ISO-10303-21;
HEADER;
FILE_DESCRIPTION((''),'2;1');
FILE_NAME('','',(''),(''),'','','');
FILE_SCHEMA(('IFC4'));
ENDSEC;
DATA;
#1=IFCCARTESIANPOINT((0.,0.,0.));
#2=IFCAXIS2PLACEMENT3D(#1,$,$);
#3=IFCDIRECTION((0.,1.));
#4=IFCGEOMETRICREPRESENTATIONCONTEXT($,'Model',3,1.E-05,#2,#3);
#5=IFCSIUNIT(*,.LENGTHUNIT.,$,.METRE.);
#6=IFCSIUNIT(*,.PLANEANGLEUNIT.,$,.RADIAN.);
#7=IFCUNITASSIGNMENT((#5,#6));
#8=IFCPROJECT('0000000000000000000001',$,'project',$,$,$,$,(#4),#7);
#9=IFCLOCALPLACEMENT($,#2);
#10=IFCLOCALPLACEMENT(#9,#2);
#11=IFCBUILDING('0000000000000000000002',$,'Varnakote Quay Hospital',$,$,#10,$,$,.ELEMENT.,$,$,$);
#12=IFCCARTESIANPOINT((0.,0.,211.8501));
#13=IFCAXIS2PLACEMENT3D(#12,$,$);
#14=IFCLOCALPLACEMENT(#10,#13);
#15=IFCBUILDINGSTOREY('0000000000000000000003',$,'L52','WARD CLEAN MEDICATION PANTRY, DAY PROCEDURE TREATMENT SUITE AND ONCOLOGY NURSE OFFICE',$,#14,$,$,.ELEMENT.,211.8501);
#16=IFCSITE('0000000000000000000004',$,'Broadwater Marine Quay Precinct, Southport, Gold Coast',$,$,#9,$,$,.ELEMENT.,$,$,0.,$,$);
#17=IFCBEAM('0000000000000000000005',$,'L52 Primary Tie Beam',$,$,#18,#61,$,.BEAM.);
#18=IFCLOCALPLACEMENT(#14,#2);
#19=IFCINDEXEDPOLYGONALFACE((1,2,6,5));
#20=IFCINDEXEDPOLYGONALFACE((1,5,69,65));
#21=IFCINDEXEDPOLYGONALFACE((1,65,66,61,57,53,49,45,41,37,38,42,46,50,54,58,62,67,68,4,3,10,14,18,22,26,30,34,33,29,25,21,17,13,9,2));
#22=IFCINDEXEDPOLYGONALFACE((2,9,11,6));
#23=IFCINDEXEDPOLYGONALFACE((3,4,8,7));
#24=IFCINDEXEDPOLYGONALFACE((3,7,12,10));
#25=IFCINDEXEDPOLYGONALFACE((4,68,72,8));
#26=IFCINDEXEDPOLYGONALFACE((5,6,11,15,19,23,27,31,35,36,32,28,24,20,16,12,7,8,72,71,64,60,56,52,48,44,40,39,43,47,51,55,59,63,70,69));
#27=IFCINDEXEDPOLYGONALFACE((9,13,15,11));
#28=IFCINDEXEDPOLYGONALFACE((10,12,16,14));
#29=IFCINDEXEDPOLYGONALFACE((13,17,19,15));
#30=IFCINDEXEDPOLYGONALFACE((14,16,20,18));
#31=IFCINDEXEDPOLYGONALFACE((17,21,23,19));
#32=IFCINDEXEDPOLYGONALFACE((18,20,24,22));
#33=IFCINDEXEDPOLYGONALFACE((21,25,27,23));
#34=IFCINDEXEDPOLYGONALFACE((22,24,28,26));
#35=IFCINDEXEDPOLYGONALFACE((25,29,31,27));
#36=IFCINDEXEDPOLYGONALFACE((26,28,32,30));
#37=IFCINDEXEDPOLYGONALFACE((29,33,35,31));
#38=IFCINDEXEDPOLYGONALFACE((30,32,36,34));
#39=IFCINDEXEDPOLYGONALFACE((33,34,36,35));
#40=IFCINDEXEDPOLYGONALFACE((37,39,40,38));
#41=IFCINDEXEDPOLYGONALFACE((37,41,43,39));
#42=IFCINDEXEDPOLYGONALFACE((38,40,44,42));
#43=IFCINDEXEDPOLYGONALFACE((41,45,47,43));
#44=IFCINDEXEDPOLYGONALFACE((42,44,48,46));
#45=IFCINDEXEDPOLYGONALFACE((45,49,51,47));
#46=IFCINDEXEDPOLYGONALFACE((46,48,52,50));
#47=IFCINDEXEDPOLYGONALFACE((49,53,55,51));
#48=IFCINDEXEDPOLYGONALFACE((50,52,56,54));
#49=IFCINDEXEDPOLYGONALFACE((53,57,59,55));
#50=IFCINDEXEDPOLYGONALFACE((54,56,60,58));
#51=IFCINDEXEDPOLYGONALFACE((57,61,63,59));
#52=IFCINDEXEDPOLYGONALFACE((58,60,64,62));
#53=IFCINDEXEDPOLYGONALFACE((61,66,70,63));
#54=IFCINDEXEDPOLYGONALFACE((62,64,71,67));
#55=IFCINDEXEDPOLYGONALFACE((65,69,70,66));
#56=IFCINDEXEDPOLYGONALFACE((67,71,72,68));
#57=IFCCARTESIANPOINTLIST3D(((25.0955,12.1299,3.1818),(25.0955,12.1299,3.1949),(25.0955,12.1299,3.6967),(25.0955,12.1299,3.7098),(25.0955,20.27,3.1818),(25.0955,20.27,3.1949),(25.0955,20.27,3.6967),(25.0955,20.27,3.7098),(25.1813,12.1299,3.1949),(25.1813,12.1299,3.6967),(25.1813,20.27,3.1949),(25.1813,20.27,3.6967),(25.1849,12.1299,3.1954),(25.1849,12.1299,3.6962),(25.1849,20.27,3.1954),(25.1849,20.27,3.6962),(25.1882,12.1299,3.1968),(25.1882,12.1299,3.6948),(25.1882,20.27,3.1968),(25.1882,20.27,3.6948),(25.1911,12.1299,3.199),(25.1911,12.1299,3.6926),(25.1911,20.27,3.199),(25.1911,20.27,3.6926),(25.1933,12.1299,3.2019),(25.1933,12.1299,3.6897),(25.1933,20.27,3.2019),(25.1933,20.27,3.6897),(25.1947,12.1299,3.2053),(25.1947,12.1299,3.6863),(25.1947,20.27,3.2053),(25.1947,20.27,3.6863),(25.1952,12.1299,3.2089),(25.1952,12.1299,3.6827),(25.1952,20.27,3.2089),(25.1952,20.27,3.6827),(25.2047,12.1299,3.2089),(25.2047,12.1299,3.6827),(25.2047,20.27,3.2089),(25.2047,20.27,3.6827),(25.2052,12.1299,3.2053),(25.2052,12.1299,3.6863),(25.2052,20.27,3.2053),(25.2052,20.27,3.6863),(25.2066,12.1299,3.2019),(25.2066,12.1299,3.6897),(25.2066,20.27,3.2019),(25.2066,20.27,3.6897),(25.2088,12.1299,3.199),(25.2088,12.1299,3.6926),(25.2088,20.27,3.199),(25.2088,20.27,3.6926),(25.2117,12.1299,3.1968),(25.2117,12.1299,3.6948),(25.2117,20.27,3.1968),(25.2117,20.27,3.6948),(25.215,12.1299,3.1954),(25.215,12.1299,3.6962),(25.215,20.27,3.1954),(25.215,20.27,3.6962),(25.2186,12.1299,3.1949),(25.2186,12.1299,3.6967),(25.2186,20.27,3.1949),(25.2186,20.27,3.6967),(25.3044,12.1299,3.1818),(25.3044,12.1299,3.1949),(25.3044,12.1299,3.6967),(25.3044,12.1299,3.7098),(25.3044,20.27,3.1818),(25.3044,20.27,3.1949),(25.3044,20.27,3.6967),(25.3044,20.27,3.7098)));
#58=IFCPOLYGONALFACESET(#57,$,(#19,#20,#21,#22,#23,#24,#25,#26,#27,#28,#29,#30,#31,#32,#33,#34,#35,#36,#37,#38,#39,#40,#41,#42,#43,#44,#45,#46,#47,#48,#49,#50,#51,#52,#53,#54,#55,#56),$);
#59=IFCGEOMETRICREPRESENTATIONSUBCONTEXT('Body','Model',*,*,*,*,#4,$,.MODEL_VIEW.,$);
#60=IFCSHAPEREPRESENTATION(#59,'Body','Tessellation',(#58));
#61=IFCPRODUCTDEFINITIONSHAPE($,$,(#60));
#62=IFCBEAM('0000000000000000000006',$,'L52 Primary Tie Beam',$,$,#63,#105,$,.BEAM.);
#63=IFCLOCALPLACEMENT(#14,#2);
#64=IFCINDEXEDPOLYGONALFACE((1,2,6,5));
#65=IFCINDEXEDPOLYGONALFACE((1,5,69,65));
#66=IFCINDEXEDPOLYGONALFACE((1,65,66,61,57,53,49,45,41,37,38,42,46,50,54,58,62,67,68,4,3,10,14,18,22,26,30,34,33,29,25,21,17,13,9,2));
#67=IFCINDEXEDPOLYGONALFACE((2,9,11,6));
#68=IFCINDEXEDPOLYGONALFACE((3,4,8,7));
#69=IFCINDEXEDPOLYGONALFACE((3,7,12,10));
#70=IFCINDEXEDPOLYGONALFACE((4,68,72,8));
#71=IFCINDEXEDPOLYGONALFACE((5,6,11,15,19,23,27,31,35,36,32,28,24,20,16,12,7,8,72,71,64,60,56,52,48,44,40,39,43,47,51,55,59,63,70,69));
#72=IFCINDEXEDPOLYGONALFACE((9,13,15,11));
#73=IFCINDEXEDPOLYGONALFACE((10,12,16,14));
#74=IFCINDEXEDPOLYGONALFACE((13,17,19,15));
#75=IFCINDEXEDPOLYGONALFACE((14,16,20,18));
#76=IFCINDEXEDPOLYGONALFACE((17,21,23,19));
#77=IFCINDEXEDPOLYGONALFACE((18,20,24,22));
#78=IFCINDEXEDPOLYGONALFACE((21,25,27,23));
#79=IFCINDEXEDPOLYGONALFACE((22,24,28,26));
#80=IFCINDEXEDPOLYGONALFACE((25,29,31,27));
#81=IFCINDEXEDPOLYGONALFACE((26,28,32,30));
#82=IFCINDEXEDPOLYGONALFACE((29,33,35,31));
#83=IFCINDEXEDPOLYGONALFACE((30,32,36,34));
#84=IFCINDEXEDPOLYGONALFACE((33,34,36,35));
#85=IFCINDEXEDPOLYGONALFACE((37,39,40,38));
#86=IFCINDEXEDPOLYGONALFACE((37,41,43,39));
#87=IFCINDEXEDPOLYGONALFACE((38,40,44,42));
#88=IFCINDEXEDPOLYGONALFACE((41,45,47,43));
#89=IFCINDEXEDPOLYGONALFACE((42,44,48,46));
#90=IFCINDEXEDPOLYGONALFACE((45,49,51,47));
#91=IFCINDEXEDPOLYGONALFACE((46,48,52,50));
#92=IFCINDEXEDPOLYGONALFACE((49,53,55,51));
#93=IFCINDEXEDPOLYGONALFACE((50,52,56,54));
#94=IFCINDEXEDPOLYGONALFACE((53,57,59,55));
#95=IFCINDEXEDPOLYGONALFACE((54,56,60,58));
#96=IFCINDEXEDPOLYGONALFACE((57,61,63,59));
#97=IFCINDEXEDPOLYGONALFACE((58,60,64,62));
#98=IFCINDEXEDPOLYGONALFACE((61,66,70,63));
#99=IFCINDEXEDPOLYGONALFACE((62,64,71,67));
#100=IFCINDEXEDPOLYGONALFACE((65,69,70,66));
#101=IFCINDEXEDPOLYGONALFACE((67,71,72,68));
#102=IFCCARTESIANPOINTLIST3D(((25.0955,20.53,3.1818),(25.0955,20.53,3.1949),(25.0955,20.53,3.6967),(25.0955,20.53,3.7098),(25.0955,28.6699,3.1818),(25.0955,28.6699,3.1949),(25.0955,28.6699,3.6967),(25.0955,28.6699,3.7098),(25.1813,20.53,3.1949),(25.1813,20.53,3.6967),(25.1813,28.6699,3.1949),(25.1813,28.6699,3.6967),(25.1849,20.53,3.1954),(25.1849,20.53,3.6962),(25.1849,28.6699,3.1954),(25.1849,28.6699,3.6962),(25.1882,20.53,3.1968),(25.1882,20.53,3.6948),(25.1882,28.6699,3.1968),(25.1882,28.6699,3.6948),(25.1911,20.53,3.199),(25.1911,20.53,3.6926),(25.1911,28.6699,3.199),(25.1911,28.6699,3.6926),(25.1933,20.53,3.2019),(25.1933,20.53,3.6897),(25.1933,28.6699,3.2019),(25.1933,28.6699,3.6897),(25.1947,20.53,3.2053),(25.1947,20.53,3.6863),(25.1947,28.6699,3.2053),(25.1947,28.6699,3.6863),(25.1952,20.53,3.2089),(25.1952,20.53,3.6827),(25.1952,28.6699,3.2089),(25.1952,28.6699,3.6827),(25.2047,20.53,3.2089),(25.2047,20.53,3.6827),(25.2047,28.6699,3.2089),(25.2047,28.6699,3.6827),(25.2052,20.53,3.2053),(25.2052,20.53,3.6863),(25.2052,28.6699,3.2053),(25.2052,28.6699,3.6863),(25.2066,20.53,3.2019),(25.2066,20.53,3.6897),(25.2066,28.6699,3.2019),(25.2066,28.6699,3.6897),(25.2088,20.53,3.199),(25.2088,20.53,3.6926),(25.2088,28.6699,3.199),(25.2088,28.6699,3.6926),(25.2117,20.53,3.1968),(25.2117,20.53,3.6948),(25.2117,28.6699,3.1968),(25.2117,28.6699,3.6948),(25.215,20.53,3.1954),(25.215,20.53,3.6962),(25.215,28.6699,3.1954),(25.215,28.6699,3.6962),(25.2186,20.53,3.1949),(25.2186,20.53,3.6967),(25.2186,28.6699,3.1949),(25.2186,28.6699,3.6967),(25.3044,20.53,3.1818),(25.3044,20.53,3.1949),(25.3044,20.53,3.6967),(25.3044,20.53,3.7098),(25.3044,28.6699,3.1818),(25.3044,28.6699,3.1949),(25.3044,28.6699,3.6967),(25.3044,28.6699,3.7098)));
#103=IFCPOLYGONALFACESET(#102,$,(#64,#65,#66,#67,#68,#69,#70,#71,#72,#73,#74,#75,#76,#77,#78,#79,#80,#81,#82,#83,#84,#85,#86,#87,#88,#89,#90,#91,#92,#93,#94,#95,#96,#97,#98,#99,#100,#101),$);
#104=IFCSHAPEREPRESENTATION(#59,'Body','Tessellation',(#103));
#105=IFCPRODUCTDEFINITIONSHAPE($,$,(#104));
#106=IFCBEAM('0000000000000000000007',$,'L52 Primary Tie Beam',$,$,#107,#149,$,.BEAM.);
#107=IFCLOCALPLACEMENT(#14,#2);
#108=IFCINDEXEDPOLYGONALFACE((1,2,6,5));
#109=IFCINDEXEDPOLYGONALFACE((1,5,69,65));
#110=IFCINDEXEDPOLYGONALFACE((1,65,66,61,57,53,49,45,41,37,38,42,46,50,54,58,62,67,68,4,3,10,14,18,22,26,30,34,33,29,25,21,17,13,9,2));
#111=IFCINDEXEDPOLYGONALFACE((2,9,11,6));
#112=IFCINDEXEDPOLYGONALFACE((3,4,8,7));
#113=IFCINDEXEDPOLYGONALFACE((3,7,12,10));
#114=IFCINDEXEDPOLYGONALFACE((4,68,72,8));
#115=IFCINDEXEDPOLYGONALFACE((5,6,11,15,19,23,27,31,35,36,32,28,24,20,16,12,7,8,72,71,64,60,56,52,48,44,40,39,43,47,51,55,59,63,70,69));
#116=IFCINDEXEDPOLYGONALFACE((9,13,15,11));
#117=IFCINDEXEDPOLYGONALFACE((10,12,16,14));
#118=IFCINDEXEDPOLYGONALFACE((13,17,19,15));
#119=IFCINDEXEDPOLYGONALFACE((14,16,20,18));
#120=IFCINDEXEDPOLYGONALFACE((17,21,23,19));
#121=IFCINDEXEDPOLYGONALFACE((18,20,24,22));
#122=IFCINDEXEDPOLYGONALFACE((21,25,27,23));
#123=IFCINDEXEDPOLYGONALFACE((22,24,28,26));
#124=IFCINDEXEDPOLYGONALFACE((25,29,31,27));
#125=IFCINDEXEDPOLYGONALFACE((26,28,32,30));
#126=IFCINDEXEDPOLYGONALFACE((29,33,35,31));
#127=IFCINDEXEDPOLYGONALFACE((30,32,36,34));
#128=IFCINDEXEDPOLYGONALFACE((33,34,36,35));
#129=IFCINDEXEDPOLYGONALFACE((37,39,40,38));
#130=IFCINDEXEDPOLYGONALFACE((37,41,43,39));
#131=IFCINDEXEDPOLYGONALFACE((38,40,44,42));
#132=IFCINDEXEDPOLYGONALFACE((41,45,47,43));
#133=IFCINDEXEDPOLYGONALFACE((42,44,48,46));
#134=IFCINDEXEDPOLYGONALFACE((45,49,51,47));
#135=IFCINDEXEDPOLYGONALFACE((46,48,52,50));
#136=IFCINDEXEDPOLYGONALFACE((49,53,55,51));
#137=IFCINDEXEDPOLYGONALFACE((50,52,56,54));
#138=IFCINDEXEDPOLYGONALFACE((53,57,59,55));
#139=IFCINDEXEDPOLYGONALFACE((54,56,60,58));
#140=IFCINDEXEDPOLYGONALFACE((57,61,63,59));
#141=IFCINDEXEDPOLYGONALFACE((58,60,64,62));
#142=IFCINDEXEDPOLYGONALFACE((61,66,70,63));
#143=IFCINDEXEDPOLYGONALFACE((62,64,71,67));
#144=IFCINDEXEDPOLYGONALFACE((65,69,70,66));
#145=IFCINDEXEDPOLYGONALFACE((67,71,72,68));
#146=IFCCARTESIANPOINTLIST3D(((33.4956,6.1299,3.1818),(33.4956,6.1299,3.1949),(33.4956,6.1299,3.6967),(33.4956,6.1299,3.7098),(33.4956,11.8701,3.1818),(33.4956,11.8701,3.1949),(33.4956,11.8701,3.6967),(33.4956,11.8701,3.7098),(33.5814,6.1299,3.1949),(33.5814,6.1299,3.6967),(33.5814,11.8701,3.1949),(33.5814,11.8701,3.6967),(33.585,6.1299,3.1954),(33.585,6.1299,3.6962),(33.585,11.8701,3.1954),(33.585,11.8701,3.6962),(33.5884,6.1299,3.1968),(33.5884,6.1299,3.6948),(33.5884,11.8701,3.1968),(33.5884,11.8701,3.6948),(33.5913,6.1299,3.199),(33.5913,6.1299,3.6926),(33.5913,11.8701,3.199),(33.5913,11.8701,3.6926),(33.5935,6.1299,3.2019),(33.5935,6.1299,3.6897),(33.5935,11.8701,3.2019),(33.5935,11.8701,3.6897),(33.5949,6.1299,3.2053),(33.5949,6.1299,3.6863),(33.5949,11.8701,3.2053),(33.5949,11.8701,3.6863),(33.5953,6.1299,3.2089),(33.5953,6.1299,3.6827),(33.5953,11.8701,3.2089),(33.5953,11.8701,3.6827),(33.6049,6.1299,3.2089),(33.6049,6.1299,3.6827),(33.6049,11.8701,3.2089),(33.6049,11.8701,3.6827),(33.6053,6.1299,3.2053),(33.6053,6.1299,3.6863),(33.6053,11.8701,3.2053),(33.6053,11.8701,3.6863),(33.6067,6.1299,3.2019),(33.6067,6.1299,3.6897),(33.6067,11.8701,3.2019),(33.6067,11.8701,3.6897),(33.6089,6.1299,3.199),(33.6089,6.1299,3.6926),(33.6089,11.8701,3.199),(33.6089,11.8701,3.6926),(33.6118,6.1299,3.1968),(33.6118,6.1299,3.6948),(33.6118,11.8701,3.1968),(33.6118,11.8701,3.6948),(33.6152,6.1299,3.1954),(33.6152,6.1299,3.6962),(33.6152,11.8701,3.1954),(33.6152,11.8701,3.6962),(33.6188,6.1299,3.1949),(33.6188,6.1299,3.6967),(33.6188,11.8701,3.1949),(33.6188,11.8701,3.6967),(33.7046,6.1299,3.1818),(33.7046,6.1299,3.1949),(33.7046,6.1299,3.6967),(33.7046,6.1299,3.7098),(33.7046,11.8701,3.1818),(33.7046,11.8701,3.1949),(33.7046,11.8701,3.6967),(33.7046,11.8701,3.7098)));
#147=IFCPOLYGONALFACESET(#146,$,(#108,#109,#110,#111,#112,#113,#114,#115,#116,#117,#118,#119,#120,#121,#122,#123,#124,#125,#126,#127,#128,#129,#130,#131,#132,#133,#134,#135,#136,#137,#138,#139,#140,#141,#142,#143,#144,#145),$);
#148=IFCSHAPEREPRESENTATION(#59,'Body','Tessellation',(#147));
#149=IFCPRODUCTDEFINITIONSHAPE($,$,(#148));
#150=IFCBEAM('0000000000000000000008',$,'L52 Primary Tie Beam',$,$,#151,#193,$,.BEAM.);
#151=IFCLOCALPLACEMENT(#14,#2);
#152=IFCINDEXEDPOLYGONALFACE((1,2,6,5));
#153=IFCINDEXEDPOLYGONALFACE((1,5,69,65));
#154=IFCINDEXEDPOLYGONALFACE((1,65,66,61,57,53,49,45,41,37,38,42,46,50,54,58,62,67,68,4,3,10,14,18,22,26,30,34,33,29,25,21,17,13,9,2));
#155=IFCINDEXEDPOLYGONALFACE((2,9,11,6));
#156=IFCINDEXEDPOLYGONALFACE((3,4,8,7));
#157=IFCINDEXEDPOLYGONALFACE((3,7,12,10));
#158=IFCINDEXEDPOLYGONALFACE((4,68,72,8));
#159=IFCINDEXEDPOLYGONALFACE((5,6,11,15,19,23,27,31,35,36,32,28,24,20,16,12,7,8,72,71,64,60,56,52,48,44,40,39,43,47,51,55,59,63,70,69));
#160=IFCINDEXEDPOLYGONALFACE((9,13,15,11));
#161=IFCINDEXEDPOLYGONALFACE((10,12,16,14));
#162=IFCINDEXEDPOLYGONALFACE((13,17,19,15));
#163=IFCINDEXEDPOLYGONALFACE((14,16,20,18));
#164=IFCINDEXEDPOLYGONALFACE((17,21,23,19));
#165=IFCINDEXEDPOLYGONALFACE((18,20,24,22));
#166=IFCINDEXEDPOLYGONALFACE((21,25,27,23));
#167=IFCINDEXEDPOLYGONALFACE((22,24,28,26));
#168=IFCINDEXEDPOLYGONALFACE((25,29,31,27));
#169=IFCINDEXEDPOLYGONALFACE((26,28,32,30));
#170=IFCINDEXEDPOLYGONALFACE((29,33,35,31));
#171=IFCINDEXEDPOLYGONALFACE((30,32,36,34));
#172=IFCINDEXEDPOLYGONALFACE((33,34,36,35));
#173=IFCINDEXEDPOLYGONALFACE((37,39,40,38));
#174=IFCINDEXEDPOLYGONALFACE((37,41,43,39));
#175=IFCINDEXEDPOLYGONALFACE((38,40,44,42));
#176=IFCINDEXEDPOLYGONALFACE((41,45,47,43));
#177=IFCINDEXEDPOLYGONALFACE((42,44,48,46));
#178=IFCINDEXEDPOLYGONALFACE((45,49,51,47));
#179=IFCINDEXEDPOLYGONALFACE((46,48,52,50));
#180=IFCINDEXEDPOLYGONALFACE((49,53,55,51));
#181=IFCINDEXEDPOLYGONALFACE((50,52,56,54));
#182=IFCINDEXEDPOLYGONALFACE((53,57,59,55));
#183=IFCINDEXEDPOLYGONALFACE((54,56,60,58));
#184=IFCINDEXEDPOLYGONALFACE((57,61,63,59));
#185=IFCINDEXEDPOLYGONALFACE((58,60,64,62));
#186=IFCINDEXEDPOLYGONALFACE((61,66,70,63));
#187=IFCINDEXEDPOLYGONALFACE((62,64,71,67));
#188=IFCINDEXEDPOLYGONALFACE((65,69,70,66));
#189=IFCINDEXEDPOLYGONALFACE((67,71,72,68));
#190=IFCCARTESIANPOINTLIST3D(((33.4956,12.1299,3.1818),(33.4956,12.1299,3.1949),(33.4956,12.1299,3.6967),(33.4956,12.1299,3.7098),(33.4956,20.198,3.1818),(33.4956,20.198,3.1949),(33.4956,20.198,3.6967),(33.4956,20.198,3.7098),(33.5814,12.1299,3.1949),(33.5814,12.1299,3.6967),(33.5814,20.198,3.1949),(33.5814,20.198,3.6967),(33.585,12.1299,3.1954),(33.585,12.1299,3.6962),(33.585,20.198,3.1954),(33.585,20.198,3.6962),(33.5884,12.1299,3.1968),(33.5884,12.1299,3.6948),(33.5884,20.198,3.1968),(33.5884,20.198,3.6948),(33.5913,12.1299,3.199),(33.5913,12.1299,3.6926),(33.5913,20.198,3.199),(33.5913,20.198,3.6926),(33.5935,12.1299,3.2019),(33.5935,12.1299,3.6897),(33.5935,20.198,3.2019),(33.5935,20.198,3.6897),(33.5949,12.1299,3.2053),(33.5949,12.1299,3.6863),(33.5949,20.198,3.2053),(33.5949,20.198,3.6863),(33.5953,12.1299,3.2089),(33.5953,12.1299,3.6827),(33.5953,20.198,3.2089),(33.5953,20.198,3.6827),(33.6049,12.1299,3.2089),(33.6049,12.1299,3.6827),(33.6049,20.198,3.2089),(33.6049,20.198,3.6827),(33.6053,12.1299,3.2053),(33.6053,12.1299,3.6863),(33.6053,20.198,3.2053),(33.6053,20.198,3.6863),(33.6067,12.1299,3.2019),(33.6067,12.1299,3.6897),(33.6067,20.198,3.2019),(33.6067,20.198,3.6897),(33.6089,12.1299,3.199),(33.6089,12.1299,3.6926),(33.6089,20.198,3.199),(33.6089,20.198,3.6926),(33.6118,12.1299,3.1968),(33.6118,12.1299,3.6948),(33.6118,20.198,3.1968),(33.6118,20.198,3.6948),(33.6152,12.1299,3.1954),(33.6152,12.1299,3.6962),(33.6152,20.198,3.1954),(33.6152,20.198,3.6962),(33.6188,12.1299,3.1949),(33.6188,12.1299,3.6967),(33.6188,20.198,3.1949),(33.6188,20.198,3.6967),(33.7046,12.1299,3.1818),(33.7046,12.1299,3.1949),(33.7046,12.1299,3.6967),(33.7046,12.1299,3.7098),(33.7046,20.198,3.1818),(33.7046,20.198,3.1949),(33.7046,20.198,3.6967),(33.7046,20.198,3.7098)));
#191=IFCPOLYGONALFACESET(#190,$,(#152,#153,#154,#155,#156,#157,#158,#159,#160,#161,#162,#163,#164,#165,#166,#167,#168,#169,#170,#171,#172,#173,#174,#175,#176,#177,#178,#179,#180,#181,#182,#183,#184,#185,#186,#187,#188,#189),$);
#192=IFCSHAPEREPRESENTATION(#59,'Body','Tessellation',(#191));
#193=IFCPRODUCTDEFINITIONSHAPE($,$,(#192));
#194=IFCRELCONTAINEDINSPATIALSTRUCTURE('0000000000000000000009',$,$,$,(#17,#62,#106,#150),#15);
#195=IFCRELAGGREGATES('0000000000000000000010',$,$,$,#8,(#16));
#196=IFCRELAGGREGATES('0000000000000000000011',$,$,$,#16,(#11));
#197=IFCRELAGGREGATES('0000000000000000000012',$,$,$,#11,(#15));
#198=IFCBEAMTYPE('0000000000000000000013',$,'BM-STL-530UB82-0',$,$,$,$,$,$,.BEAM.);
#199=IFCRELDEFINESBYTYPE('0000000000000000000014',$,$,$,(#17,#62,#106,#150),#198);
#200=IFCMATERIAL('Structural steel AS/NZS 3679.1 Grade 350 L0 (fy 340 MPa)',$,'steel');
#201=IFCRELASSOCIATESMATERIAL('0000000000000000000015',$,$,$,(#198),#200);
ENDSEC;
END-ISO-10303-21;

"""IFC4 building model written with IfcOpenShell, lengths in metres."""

from ifc_helpers import new_model, si_unit, direction, frame, origin, origin_2d, place, context, subcontext, project, spatial, i_section, extrude, material, material_profile, profile_set, type_object, element, save


model = new_model("IFC4")

# Units and contexts
model_context = context("Model", 3, precision=1e-05, world=origin(), true_north=direction((0.0, 1.0)))
body_context = subcontext(model_context, "Body", "Model", "MODEL_VIEW")
ifc_project = project(units=[si_unit("LENGTHUNIT", "METRE"), si_unit("PLANEANGLEUNIT", "RADIAN")], contexts=[model_context])

# Site, building, storey
site_placement = place(None, origin())
site = spatial("IfcSite", under=ifc_project, at=site_placement, Name="Broadwater Marine Quay Precinct, Southport, Gold Coast", CompositionType="ELEMENT", RefElevation=0.0)
building_placement = place(site_placement, origin())
building = spatial("IfcBuilding", under=site, at=building_placement, Name="Varnakote Quay Hospital", CompositionType="ELEMENT")
storey_placement = place(building_placement, frame((0.0, 0.0, 211.8501)))
storey = spatial("IfcBuildingStorey", under=building, at=storey_placement, Name="L52", Description="WARD CLEAN MEDICATION PANTRY, DAY PROCEDURE TREATMENT SUITE AND ONCOLOGY NURSE OFFICE", CompositionType="ELEMENT", Elevation=211.8501)

# Beams
ifc_material_1 = material(Name="Structural steel AS/NZS 3679.1 Grade 350 L0 (fy 340 MPa)", Category="steel")
ifc_material_profile_1 = material_profile(ifc_material_1, i_section(OverallWidth=0.209, OverallDepth=0.5281, WebThickness=0.0095, FlangeThickness=0.0132, FilletRadius=0.0139, at=origin_2d()), Name="530UB82.0")
ifc_profile_set_1 = profile_set([ifc_material_profile_1], Name="Structural steel AS/NZS 3679.1 Grade 350 L0 (fy 340 MPa)")
beam_type_1 = type_object("IfcBeamType", Name="BM-STL-530UB82-0", PredefinedType="BEAM", material=ifc_profile_set_1)
beam_1_placement = place(storey_placement, frame((25.2, 12.1299, 3.4458), z_axis=(0.0, 1.0, 0.0), x_axis=(-1.0, 0.0, 0.0)))
element("IfcBeam", 1, at=beam_1_placement, inside=storey, type_object=beam_type_1, Name="L52 Primary Tie Beam", PredefinedType="BEAM", context=body_context, shape_type="SweptSolid", body=[
    extrude(i_section(OverallWidth=0.209, OverallDepth=0.5281, WebThickness=0.0095, FlangeThickness=0.0132, FilletRadius=0.0139, at=origin_2d()), origin(), (0.0, 0.0, 1.0), 8.1401),
])
beam_2_placement = place(storey_placement, frame((25.2, 20.53, 3.4458), z_axis=(0.0, 1.0, 0.0), x_axis=(-1.0, 0.0, 0.0)))
element("IfcBeam", 2, at=beam_2_placement, inside=storey, type_object=beam_type_1, Name="L52 Primary Tie Beam", PredefinedType="BEAM", context=body_context, shape_type="SweptSolid", body=[
    extrude(i_section(OverallWidth=0.209, OverallDepth=0.5281, WebThickness=0.0095, FlangeThickness=0.0132, FilletRadius=0.0139, at=origin_2d()), origin(), (0.0, 0.0, 1.0), 8.1399),
])
beam_3_placement = place(storey_placement, frame((33.6001, 6.1299, 3.4458), z_axis=(0.0, 1.0, 0.0), x_axis=(-1.0, 0.0, 0.0)))
element("IfcBeam", 3, at=beam_3_placement, inside=storey, type_object=beam_type_1, Name="L52 Primary Tie Beam", PredefinedType="BEAM", context=body_context, shape_type="SweptSolid", body=[
    extrude(i_section(OverallWidth=0.209, OverallDepth=0.5281, WebThickness=0.0095, FlangeThickness=0.0132, FilletRadius=0.0139, at=origin_2d()), origin(), (0.0, 0.0, 1.0), 5.7402),
])
beam_4_placement = place(storey_placement, frame((33.6001, 12.1299, 3.4458), z_axis=(0.0, 1.0, 0.0), x_axis=(-1.0, 0.0, 0.0)))
element("IfcBeam", 4, at=beam_4_placement, inside=storey, type_object=beam_type_1, Name="L52 Primary Tie Beam", PredefinedType="BEAM", context=body_context, shape_type="SweptSolid", body=[
    extrude(i_section(OverallWidth=0.209, OverallDepth=0.5281, WebThickness=0.0095, FlangeThickness=0.0132, FilletRadius=0.0139, at=origin_2d()), origin(), (0.0, 0.0, 1.0), 8.0681),
])

save(model, "model.ifc")
